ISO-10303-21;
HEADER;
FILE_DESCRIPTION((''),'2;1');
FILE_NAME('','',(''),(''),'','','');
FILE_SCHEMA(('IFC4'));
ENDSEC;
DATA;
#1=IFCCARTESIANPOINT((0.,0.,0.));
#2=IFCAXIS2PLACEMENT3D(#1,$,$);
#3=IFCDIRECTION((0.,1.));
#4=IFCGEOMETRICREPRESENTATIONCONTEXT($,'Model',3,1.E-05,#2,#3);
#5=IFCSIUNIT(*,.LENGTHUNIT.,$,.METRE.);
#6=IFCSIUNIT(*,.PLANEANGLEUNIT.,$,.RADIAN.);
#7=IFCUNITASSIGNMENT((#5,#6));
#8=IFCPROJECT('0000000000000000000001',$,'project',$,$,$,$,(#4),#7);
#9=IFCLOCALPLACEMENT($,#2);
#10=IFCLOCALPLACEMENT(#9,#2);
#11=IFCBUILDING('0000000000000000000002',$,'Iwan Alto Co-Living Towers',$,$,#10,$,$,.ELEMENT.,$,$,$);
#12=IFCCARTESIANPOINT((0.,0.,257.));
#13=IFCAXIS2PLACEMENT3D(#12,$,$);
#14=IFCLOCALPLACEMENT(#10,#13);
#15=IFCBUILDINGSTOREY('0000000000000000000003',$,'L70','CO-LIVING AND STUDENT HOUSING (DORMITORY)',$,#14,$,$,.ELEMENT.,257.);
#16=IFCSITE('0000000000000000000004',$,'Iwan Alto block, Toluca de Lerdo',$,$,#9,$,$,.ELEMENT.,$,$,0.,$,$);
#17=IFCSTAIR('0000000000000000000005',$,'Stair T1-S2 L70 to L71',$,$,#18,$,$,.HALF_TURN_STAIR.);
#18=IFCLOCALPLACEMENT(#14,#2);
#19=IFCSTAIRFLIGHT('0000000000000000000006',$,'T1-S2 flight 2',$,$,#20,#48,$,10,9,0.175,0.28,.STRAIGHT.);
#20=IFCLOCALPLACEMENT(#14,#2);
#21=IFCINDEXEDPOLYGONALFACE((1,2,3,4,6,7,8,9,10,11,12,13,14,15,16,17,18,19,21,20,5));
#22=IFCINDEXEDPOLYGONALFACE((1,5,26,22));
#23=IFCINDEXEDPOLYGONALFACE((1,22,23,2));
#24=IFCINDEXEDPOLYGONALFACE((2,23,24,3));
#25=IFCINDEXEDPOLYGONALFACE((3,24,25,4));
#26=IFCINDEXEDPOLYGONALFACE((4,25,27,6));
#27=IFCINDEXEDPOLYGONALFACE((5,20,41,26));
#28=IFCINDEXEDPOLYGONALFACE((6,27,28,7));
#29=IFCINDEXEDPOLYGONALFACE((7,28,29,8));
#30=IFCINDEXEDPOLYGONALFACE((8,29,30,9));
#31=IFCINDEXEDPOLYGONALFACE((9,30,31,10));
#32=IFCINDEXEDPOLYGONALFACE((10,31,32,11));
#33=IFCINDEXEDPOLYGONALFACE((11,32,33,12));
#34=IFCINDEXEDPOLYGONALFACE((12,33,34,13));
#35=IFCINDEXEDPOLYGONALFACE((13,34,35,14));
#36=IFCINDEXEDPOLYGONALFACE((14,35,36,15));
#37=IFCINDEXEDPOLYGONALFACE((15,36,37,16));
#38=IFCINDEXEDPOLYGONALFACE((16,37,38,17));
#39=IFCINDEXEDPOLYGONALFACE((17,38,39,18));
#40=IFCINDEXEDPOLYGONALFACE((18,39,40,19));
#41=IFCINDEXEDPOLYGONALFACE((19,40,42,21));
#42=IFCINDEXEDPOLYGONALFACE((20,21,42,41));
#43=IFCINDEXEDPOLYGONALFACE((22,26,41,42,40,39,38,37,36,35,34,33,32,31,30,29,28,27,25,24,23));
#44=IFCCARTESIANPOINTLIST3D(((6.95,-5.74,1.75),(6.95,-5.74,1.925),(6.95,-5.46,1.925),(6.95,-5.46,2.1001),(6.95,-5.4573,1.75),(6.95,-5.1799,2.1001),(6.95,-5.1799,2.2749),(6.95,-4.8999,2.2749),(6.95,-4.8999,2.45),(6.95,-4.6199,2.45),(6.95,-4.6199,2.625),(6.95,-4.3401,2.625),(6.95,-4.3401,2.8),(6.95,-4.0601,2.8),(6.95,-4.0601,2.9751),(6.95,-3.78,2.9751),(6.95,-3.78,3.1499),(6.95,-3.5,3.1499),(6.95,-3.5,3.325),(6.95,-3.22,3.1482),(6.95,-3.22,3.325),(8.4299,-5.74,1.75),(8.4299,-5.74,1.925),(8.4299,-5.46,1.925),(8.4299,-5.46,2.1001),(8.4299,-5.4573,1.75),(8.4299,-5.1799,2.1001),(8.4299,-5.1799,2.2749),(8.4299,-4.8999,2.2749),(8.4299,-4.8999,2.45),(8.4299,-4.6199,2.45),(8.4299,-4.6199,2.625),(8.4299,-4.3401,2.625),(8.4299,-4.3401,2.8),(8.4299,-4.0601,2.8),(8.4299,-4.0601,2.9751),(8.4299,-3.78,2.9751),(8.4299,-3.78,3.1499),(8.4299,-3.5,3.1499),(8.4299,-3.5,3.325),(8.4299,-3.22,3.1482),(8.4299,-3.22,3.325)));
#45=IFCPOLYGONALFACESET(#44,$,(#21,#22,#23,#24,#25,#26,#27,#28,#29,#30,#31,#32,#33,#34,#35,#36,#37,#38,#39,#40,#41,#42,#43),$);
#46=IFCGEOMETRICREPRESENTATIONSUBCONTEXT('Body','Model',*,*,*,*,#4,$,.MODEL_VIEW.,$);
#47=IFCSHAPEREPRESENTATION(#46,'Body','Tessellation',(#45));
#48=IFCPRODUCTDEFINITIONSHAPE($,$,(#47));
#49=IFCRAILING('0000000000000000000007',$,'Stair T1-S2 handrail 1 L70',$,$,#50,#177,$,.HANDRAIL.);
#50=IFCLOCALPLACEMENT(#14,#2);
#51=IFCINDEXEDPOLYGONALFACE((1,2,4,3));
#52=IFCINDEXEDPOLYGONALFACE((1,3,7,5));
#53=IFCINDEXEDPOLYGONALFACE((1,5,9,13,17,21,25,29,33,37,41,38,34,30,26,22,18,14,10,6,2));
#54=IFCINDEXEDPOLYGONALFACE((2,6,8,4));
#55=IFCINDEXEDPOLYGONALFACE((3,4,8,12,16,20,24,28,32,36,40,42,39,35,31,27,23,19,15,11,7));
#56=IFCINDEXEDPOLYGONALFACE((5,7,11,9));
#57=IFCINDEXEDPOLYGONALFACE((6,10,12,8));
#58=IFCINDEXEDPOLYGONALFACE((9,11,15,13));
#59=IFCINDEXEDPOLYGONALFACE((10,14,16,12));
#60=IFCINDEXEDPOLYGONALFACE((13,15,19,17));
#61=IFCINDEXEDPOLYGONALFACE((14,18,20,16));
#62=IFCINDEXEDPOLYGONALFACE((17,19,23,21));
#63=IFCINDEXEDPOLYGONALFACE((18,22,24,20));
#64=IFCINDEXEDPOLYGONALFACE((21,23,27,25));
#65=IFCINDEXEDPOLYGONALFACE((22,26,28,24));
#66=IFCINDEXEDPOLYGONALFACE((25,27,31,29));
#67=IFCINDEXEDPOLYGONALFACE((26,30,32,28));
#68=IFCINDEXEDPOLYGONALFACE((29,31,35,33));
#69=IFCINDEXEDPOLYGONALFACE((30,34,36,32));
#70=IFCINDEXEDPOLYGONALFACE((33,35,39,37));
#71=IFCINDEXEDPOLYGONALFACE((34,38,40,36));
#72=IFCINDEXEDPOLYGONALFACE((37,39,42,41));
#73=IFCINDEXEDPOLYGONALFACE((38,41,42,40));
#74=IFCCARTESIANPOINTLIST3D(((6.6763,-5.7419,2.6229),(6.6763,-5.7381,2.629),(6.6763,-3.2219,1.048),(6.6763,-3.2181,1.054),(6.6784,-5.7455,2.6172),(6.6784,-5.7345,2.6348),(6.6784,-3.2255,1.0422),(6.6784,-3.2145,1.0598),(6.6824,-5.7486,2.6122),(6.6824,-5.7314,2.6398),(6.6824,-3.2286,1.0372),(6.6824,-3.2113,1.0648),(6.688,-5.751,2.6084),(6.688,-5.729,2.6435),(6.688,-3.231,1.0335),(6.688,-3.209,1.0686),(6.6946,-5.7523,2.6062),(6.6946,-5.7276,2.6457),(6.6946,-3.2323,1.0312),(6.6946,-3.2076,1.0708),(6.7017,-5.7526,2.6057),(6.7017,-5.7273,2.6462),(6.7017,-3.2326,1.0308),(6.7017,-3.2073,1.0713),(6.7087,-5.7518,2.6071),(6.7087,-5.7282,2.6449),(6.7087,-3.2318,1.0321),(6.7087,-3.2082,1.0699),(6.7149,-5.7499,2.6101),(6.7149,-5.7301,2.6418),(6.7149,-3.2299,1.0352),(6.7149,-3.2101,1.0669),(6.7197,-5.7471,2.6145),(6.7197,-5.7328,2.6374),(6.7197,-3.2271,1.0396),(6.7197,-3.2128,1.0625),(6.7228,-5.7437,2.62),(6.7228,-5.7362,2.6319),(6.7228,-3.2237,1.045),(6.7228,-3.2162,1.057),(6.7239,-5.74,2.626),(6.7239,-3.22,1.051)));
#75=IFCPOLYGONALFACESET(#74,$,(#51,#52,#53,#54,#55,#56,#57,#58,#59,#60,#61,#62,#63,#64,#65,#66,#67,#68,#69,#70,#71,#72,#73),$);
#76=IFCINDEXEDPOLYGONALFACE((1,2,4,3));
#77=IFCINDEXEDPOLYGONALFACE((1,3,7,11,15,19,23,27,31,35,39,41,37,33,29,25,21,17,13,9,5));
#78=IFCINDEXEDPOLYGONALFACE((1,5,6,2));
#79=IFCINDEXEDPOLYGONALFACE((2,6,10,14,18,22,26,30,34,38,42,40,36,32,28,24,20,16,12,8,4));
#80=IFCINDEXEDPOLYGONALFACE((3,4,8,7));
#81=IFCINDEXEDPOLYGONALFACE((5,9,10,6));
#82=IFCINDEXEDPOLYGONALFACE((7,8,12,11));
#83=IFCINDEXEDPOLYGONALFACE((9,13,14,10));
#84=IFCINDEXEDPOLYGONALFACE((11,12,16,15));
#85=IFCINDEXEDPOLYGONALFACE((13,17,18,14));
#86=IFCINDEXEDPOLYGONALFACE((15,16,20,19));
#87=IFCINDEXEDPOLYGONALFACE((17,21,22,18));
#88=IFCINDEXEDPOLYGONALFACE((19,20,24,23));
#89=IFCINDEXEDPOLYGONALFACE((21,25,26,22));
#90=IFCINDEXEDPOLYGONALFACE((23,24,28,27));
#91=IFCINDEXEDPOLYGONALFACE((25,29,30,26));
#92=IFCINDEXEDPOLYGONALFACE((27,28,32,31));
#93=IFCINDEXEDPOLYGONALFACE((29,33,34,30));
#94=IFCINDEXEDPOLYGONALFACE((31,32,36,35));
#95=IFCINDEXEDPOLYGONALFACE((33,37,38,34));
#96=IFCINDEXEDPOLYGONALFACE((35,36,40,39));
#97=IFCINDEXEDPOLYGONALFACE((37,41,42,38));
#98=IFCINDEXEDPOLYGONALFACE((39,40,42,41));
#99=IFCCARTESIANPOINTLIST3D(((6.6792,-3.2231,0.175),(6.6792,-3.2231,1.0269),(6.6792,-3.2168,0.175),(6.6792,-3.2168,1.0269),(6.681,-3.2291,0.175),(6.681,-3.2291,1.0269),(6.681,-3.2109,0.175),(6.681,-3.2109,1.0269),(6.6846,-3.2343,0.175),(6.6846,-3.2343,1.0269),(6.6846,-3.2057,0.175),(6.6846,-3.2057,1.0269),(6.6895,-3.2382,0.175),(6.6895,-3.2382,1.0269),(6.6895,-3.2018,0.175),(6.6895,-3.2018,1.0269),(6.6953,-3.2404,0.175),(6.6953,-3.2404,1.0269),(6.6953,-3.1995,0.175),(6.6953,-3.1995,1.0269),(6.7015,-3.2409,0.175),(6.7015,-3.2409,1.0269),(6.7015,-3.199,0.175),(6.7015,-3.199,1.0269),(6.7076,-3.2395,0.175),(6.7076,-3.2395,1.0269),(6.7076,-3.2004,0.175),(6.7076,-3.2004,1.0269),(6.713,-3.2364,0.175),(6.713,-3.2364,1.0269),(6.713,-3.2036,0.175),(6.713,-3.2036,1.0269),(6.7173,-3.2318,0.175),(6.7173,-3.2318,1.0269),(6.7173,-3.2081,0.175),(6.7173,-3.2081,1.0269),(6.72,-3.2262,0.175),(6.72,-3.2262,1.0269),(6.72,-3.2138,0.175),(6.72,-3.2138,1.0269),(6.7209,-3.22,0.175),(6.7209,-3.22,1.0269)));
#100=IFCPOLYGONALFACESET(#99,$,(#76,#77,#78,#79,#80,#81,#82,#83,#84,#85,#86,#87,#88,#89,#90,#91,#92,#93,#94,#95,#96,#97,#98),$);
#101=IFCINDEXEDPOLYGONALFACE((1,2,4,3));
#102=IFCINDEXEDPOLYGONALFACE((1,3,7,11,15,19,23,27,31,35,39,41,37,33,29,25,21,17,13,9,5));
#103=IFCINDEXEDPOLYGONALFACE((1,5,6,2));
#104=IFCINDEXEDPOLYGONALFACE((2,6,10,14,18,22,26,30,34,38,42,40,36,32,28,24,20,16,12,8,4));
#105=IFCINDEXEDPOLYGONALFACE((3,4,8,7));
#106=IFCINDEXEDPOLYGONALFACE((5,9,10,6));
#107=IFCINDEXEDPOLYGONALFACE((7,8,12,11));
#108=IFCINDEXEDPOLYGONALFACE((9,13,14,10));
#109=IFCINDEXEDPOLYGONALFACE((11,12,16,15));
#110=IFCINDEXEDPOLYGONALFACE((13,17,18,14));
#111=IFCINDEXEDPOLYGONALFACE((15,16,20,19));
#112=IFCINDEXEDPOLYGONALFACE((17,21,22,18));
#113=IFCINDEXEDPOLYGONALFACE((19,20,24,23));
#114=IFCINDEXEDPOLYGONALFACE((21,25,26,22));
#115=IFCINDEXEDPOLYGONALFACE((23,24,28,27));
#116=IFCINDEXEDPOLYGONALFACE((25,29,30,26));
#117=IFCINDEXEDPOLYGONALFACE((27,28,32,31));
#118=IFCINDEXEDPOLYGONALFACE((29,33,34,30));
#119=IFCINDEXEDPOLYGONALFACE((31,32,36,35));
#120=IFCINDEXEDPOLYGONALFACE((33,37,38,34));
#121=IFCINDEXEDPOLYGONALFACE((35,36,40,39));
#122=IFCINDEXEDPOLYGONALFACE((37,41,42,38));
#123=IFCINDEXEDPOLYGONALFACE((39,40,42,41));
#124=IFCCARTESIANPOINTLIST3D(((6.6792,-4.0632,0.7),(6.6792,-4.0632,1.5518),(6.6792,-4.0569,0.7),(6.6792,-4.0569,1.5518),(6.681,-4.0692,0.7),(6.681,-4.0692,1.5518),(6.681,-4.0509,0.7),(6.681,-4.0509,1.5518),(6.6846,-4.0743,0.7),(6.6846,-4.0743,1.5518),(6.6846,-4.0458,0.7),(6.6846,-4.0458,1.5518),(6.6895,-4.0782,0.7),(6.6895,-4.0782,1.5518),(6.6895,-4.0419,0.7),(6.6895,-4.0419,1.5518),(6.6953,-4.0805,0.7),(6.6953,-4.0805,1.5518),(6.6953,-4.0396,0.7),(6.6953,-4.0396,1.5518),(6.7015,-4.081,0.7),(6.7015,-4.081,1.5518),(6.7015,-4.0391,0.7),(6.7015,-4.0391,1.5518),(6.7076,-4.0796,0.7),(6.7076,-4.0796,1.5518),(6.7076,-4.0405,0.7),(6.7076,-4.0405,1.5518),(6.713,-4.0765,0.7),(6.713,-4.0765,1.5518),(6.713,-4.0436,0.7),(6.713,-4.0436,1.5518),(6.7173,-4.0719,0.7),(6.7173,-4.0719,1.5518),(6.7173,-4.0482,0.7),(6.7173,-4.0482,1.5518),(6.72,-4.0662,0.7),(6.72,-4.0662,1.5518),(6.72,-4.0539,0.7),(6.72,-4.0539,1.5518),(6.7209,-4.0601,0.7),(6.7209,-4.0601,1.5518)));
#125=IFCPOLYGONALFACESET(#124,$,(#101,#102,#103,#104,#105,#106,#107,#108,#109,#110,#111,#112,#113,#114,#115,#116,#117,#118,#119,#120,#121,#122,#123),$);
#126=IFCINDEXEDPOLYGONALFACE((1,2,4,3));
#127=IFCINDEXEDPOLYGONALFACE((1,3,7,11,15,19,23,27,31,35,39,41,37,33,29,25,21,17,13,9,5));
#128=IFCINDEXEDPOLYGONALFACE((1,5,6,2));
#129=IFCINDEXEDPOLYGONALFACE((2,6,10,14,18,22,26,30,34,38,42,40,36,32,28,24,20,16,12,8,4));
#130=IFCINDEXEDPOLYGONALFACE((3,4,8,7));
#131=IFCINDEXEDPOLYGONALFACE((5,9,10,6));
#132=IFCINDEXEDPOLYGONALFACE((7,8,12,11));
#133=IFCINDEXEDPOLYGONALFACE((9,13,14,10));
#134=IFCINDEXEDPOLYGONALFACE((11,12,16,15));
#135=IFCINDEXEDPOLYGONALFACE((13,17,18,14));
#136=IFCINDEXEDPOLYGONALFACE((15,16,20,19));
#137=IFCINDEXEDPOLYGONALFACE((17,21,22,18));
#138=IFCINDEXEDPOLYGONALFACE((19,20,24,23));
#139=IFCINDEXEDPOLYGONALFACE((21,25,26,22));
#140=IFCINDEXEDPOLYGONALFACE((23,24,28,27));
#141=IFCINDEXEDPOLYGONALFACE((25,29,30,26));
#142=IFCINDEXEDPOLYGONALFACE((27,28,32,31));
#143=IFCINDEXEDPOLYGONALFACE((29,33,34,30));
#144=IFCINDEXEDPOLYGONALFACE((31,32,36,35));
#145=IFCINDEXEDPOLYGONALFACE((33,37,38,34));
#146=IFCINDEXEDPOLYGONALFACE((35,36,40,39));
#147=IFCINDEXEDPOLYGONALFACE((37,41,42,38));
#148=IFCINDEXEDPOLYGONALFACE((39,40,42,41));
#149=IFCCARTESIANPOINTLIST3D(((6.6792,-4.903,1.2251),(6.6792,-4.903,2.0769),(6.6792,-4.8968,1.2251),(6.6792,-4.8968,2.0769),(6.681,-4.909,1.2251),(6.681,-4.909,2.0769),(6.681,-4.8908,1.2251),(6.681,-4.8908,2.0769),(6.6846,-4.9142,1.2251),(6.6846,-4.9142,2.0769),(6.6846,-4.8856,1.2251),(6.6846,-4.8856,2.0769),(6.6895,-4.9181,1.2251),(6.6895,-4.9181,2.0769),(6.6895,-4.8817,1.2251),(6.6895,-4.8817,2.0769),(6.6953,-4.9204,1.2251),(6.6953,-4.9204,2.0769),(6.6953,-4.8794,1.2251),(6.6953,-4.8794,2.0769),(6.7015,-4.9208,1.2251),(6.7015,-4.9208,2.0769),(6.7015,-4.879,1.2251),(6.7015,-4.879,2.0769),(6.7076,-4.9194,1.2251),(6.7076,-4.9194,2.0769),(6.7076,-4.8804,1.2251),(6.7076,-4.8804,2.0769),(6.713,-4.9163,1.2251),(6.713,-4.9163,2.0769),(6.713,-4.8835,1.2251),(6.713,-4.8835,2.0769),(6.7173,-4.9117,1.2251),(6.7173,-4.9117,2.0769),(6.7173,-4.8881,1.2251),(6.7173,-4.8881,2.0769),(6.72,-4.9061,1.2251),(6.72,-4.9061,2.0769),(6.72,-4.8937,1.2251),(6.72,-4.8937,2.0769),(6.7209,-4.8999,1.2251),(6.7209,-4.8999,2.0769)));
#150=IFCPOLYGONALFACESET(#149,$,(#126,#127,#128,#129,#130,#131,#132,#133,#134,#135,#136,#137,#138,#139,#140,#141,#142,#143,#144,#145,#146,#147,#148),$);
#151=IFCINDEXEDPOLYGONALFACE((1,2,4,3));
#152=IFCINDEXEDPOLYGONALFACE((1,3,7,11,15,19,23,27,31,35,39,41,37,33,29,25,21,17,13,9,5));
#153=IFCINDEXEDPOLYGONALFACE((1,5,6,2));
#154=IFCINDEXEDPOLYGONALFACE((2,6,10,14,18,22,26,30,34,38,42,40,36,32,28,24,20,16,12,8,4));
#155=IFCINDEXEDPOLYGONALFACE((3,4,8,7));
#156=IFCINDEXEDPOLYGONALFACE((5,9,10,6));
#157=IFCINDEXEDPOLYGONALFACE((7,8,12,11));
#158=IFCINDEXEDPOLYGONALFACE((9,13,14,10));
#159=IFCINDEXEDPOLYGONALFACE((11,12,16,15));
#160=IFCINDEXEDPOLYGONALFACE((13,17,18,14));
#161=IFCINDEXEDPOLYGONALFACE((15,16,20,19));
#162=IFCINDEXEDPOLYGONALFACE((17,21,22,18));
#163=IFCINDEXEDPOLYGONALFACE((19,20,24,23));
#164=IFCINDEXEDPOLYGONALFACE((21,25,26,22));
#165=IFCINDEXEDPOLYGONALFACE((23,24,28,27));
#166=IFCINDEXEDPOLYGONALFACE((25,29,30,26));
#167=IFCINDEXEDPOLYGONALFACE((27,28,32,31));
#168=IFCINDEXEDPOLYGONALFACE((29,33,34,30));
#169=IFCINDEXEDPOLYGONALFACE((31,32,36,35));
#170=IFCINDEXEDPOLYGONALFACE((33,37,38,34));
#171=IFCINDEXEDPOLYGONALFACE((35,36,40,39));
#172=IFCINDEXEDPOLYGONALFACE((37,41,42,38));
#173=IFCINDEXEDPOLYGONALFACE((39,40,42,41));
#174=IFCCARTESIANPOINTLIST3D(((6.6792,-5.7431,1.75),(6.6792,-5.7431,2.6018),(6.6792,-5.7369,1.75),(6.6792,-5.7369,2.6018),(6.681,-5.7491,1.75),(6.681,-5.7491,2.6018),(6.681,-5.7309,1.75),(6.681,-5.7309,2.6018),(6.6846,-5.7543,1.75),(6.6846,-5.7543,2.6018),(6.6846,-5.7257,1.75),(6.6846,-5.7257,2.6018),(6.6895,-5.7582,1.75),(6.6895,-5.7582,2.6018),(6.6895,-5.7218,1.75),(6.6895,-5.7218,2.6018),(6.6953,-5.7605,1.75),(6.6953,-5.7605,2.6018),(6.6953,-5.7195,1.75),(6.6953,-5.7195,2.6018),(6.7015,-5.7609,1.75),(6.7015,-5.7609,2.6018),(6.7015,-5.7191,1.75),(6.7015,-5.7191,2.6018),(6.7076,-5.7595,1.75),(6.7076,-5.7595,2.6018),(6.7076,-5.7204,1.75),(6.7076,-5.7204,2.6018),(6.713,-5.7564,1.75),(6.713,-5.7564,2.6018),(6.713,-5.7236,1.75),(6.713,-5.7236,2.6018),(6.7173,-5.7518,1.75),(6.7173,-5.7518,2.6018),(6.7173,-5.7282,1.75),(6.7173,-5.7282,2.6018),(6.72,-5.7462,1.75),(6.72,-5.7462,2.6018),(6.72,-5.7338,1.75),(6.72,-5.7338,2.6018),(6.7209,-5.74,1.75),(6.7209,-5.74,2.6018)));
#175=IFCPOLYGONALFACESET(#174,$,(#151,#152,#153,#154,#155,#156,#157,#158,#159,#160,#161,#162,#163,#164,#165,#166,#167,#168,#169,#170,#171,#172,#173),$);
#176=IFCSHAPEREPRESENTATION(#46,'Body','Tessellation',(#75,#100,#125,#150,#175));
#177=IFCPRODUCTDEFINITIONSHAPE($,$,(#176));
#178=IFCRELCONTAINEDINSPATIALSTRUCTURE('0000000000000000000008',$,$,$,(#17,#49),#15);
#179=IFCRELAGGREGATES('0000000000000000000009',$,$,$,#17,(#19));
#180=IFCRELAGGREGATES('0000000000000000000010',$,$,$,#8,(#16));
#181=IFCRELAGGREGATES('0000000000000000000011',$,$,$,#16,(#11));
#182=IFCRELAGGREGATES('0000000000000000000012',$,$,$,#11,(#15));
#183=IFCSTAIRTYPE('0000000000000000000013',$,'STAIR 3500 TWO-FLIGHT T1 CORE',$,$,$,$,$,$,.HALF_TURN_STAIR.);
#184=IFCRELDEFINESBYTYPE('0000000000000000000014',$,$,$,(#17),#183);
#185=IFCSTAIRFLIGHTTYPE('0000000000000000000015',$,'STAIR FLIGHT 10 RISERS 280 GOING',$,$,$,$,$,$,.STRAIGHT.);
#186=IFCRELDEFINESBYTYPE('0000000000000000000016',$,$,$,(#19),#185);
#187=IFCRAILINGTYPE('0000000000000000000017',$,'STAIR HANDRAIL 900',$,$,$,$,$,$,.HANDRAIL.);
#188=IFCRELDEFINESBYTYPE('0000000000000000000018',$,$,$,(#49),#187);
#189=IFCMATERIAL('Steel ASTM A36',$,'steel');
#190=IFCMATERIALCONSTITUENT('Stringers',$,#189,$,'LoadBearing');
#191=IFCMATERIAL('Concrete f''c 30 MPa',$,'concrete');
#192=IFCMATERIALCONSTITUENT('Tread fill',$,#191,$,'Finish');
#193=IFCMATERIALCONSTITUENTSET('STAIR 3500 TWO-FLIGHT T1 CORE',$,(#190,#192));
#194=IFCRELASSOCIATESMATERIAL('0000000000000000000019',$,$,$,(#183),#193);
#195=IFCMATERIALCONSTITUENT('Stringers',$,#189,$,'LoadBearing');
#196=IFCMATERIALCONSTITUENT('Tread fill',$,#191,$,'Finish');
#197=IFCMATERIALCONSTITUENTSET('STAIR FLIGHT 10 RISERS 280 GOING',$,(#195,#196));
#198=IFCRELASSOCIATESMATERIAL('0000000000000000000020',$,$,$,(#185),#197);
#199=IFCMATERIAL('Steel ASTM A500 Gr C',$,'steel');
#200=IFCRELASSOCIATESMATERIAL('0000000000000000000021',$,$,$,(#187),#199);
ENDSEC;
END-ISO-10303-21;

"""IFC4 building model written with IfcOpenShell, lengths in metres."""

from ifc_helpers import new_model, si_unit, direction, frame, origin, origin_2d, place, context, subcontext, project, spatial, polyline, circle, outline, extrude, material, constituent, constituent_set, type_object, element, aggregate, save


model = new_model("IFC4")

# Units and contexts
model_context = context("Model", 3, precision=1e-05, world=origin(), true_north=direction((0.0, 1.0)))
body_context = subcontext(model_context, "Body", "Model", "MODEL_VIEW")
ifc_project = project(units=[si_unit("LENGTHUNIT", "METRE"), si_unit("PLANEANGLEUNIT", "RADIAN")], contexts=[model_context])

# Site, building, storey
site_placement = place(None, origin())
site = spatial("IfcSite", under=ifc_project, at=site_placement, Name="Iwan Alto block, Toluca de Lerdo", CompositionType="ELEMENT", RefElevation=0.0)
building_placement = place(site_placement, origin())
building = spatial("IfcBuilding", under=site, at=building_placement, Name="Iwan Alto Co-Living Towers", CompositionType="ELEMENT")
storey_placement = place(building_placement, frame((0.0, 0.0, 257.0)))
storey = spatial("IfcBuildingStorey", under=building, at=storey_placement, Name="L70", Description="CO-LIVING AND STUDENT HOUSING (DORMITORY)", CompositionType="ELEMENT", Elevation=257.0)

# Shared definitions
ifc_material_1 = material(Name="Steel ASTM A36", Category="steel")
ifc_constituent_1 = constituent(ifc_material_1, Name="Stringers", Category="LoadBearing")
ifc_material_2 = material(Name="Concrete f'c 30 MPa", Category="concrete")
ifc_constituent_2 = constituent(ifc_material_2, Name="Tread fill", Category="Finish")
ifc_constituent_set_1 = constituent_set(constituents=[ifc_constituent_1, ifc_constituent_2], Name="STAIR 3500 TWO-FLIGHT T1 CORE")
stair_type = type_object("IfcStairType", Name="STAIR 3500 TWO-FLIGHT T1 CORE", PredefinedType="HALF_TURN_STAIR", material=ifc_constituent_set_1)

# Stair, stair flight
stair_1_placement = place(storey_placement, origin())
stair_1 = element("IfcStair", 1, at=stair_1_placement, inside=storey, type_object=stair_type, Name="Stair T1-S2 L70 to L71", PredefinedType="HALF_TURN_STAIR")
ifc_constituent_3 = constituent(ifc_material_1, Name="Stringers", Category="LoadBearing")
ifc_constituent_4 = constituent(ifc_material_2, Name="Tread fill", Category="Finish")
ifc_constituent_set_2 = constituent_set(constituents=[ifc_constituent_3, ifc_constituent_4], Name="STAIR FLIGHT 10 RISERS 280 GOING")
stair_flight_type = type_object("IfcStairFlightType", Name="STAIR FLIGHT 10 RISERS 280 GOING", PredefinedType="STRAIGHT", material=ifc_constituent_set_2)
stair_flight_1_placement = place(storey_placement, frame((7.6899, -5.74, 1.75), z_axis=(0.0, 0.0, 1.0), x_axis=(0.0, 1.0, 0.0)))
stair_flight_1 = element("IfcStairFlight", 2, at=stair_flight_1_placement, type_object=stair_flight_type, Name="T1-S2 flight 2", NumberOfRisers=10, NumberOfTreads=9, PredefinedType="STRAIGHT", RiserHeight=0.175, TreadLength=0.28, context=body_context, shape_type="SweptSolid", body=[
    extrude(outline(polyline([(0.0, 0.0), (0.0, 0.175), (0.28, 0.175), (0.28, 0.3501), (0.5601, 0.3501), (0.5601, 0.5249), (0.8401, 0.5249), (0.8401, 0.7), (1.1201, 0.7), (1.1201, 0.875), (1.3999, 0.875), (1.3999, 1.05), (1.6799, 1.05), (1.6799, 1.2251), (1.96, 1.2251), (1.96, 1.3999), (2.24, 1.3999), (2.24, 1.575), (2.52, 1.575), (2.52, 1.75), (2.52, 1.3982), (0.2827, 0.0), (0.0, 0.0)])), frame((0.0, 0.74, 0.0), z_axis=(0.0, -1.0, 0.0), x_axis=(1.0, 0.0, 0.0)), (0.0, 0.0, 1.0), 1.48),
])
aggregate(stair_1, [stair_flight_1])

# Railing
ifc_material_3 = material(Name="Steel ASTM A500 Gr C", Category="steel")
railing_type_1 = type_object("IfcRailingType", Name="STAIR HANDRAIL 900", PredefinedType="HANDRAIL", material=ifc_material_3)
railing_1_placement = place(storey_placement, frame((6.7, -3.22, 0.175)))
element("IfcRailing", 3, at=railing_1_placement, inside=storey, type_object=railing_type_1, Name="Stair T1-S2 handrail 1 L70", PredefinedType="HANDRAIL", context=body_context, shape_type="SweptSolid", body=[
    extrude(circle(Radius=0.0239, at=origin_2d()), frame((0.0, 0.0, 0.876), z_axis=(0.0, -0.848008, 0.529984), x_axis=(1.0, 0.0, 0.0)), (0.0, 0.0, 1.0), 2.9717),
    extrude(circle(Radius=0.021, at=origin_2d()), origin(), (0.0, 0.0, 1.0), 0.8518),
    extrude(circle(Radius=0.021, at=origin_2d()), frame((0.0, -0.8401, 0.5249)), (0.0, 0.0, 1.0), 0.8518),
    extrude(circle(Radius=0.021, at=origin_2d()), frame((0.0, -1.6799, 1.05)), (0.0, 0.0, 1.0), 0.8518),
    extrude(circle(Radius=0.021, at=origin_2d()), frame((0.0, -2.52, 1.575)), (0.0, 0.0, 1.0), 0.8518),
])

save(model, "model.ifc")
